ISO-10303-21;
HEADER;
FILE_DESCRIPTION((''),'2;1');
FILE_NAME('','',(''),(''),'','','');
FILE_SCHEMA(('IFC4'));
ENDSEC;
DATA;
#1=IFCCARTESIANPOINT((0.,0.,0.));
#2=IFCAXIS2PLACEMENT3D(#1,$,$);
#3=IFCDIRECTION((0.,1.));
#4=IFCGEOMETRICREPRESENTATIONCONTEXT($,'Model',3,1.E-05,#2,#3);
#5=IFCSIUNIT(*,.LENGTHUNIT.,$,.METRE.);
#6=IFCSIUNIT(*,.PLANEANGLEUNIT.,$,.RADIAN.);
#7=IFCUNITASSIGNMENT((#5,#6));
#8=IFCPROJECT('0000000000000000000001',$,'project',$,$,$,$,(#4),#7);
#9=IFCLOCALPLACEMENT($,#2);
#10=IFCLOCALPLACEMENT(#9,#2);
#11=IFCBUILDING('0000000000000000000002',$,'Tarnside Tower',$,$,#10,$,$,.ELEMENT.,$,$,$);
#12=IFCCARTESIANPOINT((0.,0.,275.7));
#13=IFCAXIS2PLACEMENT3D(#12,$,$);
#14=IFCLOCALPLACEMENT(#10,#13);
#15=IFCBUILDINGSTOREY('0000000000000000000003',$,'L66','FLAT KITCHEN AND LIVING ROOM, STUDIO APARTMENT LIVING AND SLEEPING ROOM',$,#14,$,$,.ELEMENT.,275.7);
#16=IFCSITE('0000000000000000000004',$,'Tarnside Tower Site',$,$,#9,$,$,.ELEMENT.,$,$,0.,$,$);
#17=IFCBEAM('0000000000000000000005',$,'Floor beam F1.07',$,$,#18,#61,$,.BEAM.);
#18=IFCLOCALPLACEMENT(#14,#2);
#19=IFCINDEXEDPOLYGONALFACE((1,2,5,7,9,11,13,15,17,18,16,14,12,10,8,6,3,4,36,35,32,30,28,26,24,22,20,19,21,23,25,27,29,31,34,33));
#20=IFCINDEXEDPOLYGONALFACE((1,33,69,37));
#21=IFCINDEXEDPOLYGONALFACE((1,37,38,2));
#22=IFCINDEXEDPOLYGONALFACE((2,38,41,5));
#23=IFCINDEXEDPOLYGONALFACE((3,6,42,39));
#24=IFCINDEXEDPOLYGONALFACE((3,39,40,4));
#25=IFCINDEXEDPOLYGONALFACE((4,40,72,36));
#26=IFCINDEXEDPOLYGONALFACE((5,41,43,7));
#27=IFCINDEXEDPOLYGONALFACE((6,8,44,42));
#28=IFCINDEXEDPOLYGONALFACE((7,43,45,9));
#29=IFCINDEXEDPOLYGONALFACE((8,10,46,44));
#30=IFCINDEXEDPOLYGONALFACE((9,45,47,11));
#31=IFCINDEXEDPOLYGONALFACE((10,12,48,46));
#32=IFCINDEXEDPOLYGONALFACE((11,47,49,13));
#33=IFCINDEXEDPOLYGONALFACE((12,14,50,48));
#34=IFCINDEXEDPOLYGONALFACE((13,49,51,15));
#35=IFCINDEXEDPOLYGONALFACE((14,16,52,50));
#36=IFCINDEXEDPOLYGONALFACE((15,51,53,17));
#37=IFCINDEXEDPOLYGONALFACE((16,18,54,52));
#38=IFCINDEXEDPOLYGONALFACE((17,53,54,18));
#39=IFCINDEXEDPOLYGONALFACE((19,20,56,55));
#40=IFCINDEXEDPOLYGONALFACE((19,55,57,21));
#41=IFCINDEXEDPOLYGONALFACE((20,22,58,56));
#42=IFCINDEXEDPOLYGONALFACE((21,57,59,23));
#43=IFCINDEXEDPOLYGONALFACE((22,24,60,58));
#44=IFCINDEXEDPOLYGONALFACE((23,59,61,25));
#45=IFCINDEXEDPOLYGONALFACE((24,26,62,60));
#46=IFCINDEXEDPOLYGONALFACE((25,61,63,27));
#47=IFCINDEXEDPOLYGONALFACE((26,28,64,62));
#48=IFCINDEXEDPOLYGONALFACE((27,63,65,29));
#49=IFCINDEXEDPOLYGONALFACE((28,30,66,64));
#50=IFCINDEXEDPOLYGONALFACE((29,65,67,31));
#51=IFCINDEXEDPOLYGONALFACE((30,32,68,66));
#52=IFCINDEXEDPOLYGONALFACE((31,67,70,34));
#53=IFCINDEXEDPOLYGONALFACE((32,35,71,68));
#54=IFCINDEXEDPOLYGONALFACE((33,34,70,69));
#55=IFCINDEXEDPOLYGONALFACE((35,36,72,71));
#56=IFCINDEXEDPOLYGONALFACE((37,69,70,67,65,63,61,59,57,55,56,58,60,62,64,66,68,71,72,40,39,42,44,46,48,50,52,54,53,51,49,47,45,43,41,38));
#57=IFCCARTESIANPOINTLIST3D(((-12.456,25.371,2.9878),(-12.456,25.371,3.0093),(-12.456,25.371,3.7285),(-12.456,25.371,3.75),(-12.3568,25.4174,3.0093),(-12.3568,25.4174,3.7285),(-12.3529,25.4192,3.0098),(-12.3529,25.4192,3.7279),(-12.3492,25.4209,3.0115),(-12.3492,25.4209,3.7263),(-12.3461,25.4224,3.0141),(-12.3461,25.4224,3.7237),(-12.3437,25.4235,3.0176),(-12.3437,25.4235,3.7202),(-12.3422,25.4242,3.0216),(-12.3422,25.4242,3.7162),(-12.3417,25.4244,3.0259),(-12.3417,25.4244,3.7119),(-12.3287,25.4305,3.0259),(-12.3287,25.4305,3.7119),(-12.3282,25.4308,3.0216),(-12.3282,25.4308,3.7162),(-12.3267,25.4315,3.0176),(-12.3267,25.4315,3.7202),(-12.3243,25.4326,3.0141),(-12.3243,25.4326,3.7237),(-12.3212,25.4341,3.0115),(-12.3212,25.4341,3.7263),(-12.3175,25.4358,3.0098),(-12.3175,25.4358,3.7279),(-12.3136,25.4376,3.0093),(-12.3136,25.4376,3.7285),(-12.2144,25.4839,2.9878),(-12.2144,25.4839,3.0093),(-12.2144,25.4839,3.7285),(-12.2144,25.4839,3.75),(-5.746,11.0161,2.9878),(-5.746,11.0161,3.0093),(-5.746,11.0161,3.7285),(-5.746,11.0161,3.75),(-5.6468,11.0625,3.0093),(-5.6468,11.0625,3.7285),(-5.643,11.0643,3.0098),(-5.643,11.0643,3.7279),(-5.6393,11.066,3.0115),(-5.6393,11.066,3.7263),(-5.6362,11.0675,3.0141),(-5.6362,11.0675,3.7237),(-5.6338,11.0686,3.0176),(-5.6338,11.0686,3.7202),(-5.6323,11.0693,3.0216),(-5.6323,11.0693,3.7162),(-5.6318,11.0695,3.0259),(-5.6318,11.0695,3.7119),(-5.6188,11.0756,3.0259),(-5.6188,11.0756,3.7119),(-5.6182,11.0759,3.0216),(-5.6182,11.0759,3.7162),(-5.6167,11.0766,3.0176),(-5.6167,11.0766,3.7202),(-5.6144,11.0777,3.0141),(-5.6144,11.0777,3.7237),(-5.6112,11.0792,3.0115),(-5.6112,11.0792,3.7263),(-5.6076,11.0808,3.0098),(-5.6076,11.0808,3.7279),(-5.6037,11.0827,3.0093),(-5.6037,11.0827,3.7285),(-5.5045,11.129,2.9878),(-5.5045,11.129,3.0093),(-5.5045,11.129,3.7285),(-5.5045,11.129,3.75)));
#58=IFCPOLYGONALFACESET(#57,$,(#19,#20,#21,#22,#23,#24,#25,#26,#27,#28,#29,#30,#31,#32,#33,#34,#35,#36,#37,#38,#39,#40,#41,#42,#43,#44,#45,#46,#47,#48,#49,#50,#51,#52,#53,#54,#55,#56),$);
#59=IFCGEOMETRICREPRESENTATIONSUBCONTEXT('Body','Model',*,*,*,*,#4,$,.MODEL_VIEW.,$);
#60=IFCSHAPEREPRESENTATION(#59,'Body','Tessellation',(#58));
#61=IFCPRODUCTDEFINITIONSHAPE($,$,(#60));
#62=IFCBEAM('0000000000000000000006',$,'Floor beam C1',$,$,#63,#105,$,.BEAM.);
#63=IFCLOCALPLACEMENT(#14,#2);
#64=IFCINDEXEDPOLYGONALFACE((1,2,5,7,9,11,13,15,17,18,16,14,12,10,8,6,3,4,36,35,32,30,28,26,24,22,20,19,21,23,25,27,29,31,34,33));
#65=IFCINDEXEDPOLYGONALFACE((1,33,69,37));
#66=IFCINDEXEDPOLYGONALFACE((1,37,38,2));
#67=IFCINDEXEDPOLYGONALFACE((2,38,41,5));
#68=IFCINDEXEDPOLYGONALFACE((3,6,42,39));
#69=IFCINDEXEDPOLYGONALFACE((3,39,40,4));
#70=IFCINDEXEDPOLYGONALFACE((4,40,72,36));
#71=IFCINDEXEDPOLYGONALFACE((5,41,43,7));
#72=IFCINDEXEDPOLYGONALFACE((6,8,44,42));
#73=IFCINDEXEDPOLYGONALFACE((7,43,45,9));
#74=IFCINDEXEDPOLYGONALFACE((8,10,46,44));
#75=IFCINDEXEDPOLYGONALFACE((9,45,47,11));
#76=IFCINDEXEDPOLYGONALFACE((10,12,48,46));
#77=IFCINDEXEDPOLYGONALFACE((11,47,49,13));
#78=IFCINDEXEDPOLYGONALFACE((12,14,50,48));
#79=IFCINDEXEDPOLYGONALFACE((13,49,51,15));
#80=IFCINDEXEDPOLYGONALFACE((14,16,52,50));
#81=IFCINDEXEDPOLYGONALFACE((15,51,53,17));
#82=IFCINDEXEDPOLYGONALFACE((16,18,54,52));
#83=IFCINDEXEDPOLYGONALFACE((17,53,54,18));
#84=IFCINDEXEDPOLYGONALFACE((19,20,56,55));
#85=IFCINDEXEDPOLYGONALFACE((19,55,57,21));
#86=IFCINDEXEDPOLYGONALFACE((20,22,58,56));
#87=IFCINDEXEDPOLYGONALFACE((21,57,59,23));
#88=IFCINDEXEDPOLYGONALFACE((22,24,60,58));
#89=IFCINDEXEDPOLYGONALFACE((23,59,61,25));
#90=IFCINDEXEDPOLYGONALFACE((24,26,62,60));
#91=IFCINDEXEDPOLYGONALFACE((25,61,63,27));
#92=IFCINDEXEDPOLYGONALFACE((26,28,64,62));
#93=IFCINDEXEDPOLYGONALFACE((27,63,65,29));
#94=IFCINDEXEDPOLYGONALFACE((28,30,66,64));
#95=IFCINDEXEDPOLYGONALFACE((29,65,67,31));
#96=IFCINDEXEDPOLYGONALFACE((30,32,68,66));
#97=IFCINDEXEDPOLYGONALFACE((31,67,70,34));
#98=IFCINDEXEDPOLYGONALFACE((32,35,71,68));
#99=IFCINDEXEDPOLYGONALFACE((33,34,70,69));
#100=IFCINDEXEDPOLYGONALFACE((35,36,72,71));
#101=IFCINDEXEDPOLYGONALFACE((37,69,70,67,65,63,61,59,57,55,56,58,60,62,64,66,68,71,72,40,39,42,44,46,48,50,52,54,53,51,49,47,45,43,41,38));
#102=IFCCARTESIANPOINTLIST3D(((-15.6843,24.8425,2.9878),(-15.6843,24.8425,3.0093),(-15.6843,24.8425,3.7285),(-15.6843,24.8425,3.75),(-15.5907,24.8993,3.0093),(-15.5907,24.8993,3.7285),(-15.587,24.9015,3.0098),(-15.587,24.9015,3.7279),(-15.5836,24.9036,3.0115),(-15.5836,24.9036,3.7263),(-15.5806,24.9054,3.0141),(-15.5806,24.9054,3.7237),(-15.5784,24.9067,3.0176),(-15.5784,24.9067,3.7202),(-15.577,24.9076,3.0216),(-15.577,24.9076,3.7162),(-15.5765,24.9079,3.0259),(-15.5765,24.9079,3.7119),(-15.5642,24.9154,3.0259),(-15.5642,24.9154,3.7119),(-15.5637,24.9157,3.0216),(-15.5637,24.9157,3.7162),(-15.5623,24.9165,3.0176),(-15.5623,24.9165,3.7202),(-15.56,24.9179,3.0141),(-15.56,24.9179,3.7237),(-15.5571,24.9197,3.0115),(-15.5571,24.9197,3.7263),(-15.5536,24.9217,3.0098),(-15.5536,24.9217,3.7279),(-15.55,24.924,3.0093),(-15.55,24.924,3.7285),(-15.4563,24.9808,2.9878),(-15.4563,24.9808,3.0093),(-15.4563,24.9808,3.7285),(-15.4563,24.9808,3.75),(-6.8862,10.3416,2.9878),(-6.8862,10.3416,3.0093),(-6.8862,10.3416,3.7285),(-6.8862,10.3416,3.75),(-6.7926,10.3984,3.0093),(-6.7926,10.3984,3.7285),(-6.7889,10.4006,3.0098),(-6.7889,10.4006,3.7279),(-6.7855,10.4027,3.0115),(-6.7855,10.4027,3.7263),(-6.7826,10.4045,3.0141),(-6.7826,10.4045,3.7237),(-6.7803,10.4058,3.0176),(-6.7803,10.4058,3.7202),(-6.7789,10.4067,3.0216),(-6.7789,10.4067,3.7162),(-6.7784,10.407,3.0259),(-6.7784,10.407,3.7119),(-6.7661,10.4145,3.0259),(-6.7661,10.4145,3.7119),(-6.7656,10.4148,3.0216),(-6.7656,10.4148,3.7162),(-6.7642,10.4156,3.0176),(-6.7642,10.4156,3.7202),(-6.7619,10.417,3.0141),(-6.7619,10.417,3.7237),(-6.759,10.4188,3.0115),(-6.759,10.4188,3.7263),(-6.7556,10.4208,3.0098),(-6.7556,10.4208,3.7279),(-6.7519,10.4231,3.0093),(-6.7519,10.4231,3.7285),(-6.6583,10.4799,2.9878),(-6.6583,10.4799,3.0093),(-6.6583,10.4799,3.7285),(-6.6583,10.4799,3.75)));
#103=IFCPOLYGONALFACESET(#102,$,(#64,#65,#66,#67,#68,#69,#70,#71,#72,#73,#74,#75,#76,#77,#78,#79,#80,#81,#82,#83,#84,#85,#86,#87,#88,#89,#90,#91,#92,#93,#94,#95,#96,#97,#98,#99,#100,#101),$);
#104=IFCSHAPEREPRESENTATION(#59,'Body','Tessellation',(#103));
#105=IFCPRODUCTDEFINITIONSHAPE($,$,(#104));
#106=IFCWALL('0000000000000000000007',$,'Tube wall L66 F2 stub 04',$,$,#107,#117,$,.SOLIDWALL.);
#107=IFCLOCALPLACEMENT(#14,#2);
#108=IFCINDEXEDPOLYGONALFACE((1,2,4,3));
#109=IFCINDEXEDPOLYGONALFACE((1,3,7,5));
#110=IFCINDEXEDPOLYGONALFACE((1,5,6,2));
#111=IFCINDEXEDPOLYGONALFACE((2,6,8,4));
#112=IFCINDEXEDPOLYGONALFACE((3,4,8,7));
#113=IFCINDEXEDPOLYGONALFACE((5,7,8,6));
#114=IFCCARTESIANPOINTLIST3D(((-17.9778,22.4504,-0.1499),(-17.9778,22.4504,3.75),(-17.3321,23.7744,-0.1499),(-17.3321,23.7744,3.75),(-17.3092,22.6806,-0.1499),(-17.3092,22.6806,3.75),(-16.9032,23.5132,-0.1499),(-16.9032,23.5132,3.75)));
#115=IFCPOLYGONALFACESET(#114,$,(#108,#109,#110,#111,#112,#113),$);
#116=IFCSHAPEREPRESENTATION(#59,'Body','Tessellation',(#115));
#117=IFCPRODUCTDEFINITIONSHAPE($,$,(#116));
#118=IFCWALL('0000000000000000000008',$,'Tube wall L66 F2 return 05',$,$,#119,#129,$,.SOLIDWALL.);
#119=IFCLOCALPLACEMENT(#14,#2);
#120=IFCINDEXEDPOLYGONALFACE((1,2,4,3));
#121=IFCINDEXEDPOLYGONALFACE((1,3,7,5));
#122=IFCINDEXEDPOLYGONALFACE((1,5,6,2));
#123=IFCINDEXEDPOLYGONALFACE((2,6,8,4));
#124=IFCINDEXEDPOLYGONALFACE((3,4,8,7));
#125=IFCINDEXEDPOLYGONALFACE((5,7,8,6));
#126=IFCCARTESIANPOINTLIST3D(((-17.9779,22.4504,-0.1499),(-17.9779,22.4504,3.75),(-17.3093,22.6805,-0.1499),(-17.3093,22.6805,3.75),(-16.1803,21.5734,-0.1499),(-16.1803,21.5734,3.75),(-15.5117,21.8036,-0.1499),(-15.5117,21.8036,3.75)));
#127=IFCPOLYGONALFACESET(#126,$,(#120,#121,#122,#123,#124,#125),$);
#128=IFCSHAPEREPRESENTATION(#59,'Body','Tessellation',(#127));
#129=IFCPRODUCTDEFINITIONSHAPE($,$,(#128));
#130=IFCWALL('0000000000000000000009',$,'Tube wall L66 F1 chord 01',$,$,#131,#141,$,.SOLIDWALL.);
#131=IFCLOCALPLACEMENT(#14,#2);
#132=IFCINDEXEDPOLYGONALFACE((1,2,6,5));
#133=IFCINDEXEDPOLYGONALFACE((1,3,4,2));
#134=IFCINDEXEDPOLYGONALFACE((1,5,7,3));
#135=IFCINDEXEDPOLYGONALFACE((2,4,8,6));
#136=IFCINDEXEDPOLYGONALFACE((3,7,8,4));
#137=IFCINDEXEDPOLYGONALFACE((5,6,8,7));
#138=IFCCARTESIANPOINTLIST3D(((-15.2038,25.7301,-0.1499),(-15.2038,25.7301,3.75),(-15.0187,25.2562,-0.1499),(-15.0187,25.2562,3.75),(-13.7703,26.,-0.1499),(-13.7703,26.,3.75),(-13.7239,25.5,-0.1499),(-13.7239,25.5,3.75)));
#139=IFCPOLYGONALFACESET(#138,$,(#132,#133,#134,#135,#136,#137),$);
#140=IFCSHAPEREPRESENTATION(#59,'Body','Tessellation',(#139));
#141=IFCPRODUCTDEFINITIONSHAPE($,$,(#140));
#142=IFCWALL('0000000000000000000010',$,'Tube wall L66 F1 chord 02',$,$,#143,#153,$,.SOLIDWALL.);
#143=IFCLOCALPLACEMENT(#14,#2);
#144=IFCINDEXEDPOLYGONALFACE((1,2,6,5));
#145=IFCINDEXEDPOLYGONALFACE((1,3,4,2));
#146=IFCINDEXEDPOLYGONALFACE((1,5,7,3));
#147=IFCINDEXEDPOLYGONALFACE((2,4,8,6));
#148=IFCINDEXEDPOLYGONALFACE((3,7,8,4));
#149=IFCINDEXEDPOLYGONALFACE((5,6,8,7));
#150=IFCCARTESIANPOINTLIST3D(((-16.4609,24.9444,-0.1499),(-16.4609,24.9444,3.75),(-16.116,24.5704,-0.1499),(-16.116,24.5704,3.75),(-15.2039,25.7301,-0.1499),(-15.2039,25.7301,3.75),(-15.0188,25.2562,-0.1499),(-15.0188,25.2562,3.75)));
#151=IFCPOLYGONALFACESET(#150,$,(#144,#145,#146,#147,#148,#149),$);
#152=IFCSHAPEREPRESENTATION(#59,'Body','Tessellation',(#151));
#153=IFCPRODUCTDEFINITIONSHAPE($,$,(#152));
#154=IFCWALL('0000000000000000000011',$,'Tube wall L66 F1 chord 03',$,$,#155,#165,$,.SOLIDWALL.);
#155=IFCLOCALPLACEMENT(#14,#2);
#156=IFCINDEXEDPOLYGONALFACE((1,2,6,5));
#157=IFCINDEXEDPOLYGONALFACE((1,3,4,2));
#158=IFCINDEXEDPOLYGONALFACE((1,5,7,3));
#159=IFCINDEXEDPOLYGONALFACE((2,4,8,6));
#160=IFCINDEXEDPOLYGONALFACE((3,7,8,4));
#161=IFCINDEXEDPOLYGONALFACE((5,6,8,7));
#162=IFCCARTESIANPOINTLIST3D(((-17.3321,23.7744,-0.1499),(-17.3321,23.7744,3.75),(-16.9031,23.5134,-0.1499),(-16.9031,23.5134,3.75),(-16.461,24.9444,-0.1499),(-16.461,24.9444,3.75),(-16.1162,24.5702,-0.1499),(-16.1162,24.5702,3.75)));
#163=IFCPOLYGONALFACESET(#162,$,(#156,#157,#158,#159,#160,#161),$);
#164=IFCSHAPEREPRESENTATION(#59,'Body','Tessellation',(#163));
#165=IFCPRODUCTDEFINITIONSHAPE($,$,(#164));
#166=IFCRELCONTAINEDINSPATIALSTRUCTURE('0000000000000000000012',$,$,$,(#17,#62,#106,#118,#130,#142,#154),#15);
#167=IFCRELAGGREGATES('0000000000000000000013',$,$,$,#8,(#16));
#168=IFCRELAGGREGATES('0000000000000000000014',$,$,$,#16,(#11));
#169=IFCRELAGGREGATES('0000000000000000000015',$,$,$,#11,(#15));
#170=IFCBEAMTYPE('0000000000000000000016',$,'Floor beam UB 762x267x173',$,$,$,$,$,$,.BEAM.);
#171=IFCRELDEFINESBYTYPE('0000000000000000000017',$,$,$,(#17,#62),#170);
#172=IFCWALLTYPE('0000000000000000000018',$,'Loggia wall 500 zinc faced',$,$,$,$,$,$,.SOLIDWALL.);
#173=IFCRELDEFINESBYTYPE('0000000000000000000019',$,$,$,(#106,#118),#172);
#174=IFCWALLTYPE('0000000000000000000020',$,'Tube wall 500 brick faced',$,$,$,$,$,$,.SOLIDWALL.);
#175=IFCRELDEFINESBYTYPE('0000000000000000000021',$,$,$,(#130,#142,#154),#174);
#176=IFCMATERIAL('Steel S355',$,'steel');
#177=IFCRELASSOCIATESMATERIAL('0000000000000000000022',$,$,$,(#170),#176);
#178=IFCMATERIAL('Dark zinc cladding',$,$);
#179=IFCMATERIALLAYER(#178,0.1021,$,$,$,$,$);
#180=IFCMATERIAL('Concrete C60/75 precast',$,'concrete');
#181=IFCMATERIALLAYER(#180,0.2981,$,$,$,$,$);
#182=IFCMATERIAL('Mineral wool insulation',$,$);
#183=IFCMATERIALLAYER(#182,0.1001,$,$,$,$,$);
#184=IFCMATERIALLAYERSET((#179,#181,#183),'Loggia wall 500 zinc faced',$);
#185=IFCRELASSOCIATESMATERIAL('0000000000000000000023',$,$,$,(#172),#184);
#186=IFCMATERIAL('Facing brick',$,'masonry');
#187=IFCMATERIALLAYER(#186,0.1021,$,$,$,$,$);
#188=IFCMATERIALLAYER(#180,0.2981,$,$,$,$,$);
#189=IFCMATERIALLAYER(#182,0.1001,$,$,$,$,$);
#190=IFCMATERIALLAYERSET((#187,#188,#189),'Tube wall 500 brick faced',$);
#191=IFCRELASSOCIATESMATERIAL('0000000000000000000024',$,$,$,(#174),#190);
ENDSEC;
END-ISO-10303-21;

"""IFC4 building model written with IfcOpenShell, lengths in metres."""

from ifc_helpers import new_model, si_unit, direction, frame, origin, origin_2d, place, context, subcontext, project, spatial, polyline, i_section, outline, extrude, material, layer, layer_set, material_profile, profile_set, type_object, element, save


model = new_model("IFC4")

# Units and contexts
model_context = context("Model", 3, precision=1e-05, world=origin(), true_north=direction((0.0, 1.0)))
body_context = subcontext(model_context, "Body", "Model", "MODEL_VIEW")
ifc_project = project(units=[si_unit("LENGTHUNIT", "METRE"), si_unit("PLANEANGLEUNIT", "RADIAN")], contexts=[model_context])

# Site, building, storey
site_placement = place(None, origin())
site = spatial("IfcSite", under=ifc_project, at=site_placement, Name="Tarnside Tower Site", CompositionType="ELEMENT", RefElevation=0.0)
building_placement = place(site_placement, origin())
building = spatial("IfcBuilding", under=site, at=building_placement, Name="Tarnside Tower", CompositionType="ELEMENT")
storey_placement = place(building_placement, frame((0.0, 0.0, 275.7)))
storey = spatial("IfcBuildingStorey", under=building, at=storey_placement, Name="L66", Description="FLAT KITCHEN AND LIVING ROOM, STUDIO APARTMENT LIVING AND SLEEPING ROOM", CompositionType="ELEMENT", Elevation=275.7)

# Beams
ifc_material_1 = material(Name="Steel S355", Category="steel")
ifc_material_profile = material_profile(ifc_material_1, i_section(OverallWidth=0.2666, OverallDepth=0.7622, WebThickness=0.0144, FlangeThickness=0.0215, FilletRadius=0.0166, at=origin_2d()), Name="UB 762x267x173")
ifc_profile_set = profile_set([ifc_material_profile], Name="Steel S355")
beam_type = type_object("IfcBeamType", Name="Floor beam UB 762x267x173", PredefinedType="BEAM", material=ifc_profile_set)
beam_1_placement = place(storey_placement, frame((-12.3352, 25.4275, 3.3689), z_axis=(0.423454, -0.905918, 0.0), x_axis=(0.905918, 0.423454, 0.0)))
element("IfcBeam", 1, at=beam_1_placement, inside=storey, type_object=beam_type, Name="Floor beam F1.07", PredefinedType="BEAM", context=body_context, shape_type="SweptSolid", body=[
    extrude(i_section(OverallWidth=0.2666, OverallDepth=0.7622, WebThickness=0.0144, FlangeThickness=0.0215, FilletRadius=0.0166, at=origin_2d()), origin(), (0.0, 0.0, 1.0), 15.8457),
])
beam_2_placement = place(storey_placement, frame((-15.5703, 24.9116, 3.3689), z_axis=(0.518717, -0.854946, 0.0), x_axis=(0.854946, 0.518717, 0.0)))
element("IfcBeam", 2, at=beam_2_placement, inside=storey, type_object=beam_type, Name="Floor beam C1", PredefinedType="BEAM", context=body_context, shape_type="SweptSolid", body=[
    extrude(i_section(OverallWidth=0.2666, OverallDepth=0.7622, WebThickness=0.0144, FlangeThickness=0.0215, FilletRadius=0.0166, at=origin_2d()), origin(), (0.0, 0.0, 1.0), 16.9612),
])

# Walls
ifc_material_2 = material(Name="Dark zinc cladding")
ifc_layer_1 = layer(ifc_material_2, 0.1021)
ifc_material_3 = material(Name="Concrete C60/75 precast", Category="concrete")
ifc_layer_2 = layer(ifc_material_3, 0.2981)
ifc_material_4 = material(Name="Mineral wool insulation")
ifc_layer_3 = layer(ifc_material_4, 0.1001)
ifc_layer_set_1 = layer_set([ifc_layer_1, ifc_layer_2, ifc_layer_3], Name="Loggia wall 500 zinc faced")
wall_type_1 = type_object("IfcWallType", Name="Loggia wall 500 zinc faced", PredefinedType="SOLIDWALL", material=ifc_layer_set_1)
wall_1_placement = place(storey_placement, frame((-17.1177, 23.6438, -0.1499), z_axis=(0.0, 0.0, 1.0), x_axis=(-0.438319, -0.898819, 0.0)))
element("IfcWall", 3, at=wall_1_placement, inside=storey, type_object=wall_type_1, Name="Tube wall L66 F2 stub 04", PredefinedType="SOLIDWALL", context=body_context, shape_type="SweptSolid", body=[
    extrude(outline(polyline([(-0.0234, -0.25), (1.4497, -0.25), (0.9497, 0.25), (0.0234, 0.25), (-0.0234, -0.25)])), origin(), (0.0, 0.0, 1.0), 3.8999),
])
wall_2_placement = place(storey_placement, frame((-17.6436, 22.5654, -0.1499), z_axis=(0.0, 0.0, 1.0), x_axis=(0.898754, -0.438452, 0.0)))
element("IfcWall", 4, at=wall_2_placement, inside=storey, type_object=wall_type_1, Name="Tube wall L66 F2 return 05", PredefinedType="SOLIDWALL", context=body_context, shape_type="SweptSolid", body=[
    extrude(outline(polyline([(-0.25, -0.25), (1.75, -0.25), (2.25, 0.25), (0.25, 0.25), (-0.25, -0.25)])), origin(), (0.0, 0.0, 1.0), 3.8999),
])

# Walls
ifc_material_5 = material(Name="Facing brick", Category="masonry")
ifc_layer_4 = layer(ifc_material_5, 0.1021)
ifc_layer_5 = layer(ifc_material_3, 0.2981)
ifc_layer_6 = layer(ifc_material_4, 0.1001)
ifc_layer_set_2 = layer_set([ifc_layer_4, ifc_layer_5, ifc_layer_6], Name="Tube wall 500 brick faced")
wall_type_2 = type_object("IfcWallType", Name="Tube wall 500 brick faced", PredefinedType="SOLIDWALL", material=ifc_layer_set_2)
wall_3_placement = place(storey_placement, frame((-13.7471, 25.75, -0.1499), z_axis=(0.0, 0.0, 1.0), x_axis=(-0.982737, -0.185011, 0.0)))
element("IfcWall", 5, at=wall_3_placement, inside=storey, type_object=wall_type_2, Name="Tube wall L66 F1 chord 01", PredefinedType="SOLIDWALL", context=body_context, shape_type="SweptSolid", body=[
    extrude(outline(polyline([(-0.0234, -0.25), (1.4353, -0.25), (1.3411, 0.25), (0.0234, 0.25), (-0.0234, -0.25)])), origin(), (0.0, 0.0, 1.0), 3.8999),
])
wall_4_placement = place(storey_placement, frame((-15.1113, 25.4932, -0.1499), z_axis=(0.0, 0.0, 1.0), x_axis=(-0.847979, -0.530031, 0.0)))
element("IfcWall", 6, at=wall_4_placement, inside=storey, type_object=wall_type_2, Name="Tube wall L66 F1 chord 02", PredefinedType="SOLIDWALL", context=body_context, shape_type="SweptSolid", body=[
    extrude(outline(polyline([(-0.0471, -0.25), (1.4353, -0.25), (1.3411, 0.25), (0.0471, 0.25), (-0.0471, -0.25)])), origin(), (0.0, 0.0, 1.0), 3.8999),
])
wall_5_placement = place(storey_placement, frame((-16.2886, 24.7573, -0.1499), z_axis=(0.0, 0.0, 1.0), x_axis=(-0.597211, -0.802084, 0.0)))
element("IfcWall", 7, at=wall_5_placement, inside=storey, type_object=wall_type_2, Name="Tube wall L66 F1 chord 03", PredefinedType="SOLIDWALL", context=body_context, shape_type="SweptSolid", body=[
    extrude(outline(polyline([(-0.0471, -0.25), (1.4116, -0.25), (1.3647, 0.25), (0.0471, 0.25), (-0.0471, -0.25)])), origin(), (0.0, 0.0, 1.0), 3.8999),
])

save(model, "model.ifc")
